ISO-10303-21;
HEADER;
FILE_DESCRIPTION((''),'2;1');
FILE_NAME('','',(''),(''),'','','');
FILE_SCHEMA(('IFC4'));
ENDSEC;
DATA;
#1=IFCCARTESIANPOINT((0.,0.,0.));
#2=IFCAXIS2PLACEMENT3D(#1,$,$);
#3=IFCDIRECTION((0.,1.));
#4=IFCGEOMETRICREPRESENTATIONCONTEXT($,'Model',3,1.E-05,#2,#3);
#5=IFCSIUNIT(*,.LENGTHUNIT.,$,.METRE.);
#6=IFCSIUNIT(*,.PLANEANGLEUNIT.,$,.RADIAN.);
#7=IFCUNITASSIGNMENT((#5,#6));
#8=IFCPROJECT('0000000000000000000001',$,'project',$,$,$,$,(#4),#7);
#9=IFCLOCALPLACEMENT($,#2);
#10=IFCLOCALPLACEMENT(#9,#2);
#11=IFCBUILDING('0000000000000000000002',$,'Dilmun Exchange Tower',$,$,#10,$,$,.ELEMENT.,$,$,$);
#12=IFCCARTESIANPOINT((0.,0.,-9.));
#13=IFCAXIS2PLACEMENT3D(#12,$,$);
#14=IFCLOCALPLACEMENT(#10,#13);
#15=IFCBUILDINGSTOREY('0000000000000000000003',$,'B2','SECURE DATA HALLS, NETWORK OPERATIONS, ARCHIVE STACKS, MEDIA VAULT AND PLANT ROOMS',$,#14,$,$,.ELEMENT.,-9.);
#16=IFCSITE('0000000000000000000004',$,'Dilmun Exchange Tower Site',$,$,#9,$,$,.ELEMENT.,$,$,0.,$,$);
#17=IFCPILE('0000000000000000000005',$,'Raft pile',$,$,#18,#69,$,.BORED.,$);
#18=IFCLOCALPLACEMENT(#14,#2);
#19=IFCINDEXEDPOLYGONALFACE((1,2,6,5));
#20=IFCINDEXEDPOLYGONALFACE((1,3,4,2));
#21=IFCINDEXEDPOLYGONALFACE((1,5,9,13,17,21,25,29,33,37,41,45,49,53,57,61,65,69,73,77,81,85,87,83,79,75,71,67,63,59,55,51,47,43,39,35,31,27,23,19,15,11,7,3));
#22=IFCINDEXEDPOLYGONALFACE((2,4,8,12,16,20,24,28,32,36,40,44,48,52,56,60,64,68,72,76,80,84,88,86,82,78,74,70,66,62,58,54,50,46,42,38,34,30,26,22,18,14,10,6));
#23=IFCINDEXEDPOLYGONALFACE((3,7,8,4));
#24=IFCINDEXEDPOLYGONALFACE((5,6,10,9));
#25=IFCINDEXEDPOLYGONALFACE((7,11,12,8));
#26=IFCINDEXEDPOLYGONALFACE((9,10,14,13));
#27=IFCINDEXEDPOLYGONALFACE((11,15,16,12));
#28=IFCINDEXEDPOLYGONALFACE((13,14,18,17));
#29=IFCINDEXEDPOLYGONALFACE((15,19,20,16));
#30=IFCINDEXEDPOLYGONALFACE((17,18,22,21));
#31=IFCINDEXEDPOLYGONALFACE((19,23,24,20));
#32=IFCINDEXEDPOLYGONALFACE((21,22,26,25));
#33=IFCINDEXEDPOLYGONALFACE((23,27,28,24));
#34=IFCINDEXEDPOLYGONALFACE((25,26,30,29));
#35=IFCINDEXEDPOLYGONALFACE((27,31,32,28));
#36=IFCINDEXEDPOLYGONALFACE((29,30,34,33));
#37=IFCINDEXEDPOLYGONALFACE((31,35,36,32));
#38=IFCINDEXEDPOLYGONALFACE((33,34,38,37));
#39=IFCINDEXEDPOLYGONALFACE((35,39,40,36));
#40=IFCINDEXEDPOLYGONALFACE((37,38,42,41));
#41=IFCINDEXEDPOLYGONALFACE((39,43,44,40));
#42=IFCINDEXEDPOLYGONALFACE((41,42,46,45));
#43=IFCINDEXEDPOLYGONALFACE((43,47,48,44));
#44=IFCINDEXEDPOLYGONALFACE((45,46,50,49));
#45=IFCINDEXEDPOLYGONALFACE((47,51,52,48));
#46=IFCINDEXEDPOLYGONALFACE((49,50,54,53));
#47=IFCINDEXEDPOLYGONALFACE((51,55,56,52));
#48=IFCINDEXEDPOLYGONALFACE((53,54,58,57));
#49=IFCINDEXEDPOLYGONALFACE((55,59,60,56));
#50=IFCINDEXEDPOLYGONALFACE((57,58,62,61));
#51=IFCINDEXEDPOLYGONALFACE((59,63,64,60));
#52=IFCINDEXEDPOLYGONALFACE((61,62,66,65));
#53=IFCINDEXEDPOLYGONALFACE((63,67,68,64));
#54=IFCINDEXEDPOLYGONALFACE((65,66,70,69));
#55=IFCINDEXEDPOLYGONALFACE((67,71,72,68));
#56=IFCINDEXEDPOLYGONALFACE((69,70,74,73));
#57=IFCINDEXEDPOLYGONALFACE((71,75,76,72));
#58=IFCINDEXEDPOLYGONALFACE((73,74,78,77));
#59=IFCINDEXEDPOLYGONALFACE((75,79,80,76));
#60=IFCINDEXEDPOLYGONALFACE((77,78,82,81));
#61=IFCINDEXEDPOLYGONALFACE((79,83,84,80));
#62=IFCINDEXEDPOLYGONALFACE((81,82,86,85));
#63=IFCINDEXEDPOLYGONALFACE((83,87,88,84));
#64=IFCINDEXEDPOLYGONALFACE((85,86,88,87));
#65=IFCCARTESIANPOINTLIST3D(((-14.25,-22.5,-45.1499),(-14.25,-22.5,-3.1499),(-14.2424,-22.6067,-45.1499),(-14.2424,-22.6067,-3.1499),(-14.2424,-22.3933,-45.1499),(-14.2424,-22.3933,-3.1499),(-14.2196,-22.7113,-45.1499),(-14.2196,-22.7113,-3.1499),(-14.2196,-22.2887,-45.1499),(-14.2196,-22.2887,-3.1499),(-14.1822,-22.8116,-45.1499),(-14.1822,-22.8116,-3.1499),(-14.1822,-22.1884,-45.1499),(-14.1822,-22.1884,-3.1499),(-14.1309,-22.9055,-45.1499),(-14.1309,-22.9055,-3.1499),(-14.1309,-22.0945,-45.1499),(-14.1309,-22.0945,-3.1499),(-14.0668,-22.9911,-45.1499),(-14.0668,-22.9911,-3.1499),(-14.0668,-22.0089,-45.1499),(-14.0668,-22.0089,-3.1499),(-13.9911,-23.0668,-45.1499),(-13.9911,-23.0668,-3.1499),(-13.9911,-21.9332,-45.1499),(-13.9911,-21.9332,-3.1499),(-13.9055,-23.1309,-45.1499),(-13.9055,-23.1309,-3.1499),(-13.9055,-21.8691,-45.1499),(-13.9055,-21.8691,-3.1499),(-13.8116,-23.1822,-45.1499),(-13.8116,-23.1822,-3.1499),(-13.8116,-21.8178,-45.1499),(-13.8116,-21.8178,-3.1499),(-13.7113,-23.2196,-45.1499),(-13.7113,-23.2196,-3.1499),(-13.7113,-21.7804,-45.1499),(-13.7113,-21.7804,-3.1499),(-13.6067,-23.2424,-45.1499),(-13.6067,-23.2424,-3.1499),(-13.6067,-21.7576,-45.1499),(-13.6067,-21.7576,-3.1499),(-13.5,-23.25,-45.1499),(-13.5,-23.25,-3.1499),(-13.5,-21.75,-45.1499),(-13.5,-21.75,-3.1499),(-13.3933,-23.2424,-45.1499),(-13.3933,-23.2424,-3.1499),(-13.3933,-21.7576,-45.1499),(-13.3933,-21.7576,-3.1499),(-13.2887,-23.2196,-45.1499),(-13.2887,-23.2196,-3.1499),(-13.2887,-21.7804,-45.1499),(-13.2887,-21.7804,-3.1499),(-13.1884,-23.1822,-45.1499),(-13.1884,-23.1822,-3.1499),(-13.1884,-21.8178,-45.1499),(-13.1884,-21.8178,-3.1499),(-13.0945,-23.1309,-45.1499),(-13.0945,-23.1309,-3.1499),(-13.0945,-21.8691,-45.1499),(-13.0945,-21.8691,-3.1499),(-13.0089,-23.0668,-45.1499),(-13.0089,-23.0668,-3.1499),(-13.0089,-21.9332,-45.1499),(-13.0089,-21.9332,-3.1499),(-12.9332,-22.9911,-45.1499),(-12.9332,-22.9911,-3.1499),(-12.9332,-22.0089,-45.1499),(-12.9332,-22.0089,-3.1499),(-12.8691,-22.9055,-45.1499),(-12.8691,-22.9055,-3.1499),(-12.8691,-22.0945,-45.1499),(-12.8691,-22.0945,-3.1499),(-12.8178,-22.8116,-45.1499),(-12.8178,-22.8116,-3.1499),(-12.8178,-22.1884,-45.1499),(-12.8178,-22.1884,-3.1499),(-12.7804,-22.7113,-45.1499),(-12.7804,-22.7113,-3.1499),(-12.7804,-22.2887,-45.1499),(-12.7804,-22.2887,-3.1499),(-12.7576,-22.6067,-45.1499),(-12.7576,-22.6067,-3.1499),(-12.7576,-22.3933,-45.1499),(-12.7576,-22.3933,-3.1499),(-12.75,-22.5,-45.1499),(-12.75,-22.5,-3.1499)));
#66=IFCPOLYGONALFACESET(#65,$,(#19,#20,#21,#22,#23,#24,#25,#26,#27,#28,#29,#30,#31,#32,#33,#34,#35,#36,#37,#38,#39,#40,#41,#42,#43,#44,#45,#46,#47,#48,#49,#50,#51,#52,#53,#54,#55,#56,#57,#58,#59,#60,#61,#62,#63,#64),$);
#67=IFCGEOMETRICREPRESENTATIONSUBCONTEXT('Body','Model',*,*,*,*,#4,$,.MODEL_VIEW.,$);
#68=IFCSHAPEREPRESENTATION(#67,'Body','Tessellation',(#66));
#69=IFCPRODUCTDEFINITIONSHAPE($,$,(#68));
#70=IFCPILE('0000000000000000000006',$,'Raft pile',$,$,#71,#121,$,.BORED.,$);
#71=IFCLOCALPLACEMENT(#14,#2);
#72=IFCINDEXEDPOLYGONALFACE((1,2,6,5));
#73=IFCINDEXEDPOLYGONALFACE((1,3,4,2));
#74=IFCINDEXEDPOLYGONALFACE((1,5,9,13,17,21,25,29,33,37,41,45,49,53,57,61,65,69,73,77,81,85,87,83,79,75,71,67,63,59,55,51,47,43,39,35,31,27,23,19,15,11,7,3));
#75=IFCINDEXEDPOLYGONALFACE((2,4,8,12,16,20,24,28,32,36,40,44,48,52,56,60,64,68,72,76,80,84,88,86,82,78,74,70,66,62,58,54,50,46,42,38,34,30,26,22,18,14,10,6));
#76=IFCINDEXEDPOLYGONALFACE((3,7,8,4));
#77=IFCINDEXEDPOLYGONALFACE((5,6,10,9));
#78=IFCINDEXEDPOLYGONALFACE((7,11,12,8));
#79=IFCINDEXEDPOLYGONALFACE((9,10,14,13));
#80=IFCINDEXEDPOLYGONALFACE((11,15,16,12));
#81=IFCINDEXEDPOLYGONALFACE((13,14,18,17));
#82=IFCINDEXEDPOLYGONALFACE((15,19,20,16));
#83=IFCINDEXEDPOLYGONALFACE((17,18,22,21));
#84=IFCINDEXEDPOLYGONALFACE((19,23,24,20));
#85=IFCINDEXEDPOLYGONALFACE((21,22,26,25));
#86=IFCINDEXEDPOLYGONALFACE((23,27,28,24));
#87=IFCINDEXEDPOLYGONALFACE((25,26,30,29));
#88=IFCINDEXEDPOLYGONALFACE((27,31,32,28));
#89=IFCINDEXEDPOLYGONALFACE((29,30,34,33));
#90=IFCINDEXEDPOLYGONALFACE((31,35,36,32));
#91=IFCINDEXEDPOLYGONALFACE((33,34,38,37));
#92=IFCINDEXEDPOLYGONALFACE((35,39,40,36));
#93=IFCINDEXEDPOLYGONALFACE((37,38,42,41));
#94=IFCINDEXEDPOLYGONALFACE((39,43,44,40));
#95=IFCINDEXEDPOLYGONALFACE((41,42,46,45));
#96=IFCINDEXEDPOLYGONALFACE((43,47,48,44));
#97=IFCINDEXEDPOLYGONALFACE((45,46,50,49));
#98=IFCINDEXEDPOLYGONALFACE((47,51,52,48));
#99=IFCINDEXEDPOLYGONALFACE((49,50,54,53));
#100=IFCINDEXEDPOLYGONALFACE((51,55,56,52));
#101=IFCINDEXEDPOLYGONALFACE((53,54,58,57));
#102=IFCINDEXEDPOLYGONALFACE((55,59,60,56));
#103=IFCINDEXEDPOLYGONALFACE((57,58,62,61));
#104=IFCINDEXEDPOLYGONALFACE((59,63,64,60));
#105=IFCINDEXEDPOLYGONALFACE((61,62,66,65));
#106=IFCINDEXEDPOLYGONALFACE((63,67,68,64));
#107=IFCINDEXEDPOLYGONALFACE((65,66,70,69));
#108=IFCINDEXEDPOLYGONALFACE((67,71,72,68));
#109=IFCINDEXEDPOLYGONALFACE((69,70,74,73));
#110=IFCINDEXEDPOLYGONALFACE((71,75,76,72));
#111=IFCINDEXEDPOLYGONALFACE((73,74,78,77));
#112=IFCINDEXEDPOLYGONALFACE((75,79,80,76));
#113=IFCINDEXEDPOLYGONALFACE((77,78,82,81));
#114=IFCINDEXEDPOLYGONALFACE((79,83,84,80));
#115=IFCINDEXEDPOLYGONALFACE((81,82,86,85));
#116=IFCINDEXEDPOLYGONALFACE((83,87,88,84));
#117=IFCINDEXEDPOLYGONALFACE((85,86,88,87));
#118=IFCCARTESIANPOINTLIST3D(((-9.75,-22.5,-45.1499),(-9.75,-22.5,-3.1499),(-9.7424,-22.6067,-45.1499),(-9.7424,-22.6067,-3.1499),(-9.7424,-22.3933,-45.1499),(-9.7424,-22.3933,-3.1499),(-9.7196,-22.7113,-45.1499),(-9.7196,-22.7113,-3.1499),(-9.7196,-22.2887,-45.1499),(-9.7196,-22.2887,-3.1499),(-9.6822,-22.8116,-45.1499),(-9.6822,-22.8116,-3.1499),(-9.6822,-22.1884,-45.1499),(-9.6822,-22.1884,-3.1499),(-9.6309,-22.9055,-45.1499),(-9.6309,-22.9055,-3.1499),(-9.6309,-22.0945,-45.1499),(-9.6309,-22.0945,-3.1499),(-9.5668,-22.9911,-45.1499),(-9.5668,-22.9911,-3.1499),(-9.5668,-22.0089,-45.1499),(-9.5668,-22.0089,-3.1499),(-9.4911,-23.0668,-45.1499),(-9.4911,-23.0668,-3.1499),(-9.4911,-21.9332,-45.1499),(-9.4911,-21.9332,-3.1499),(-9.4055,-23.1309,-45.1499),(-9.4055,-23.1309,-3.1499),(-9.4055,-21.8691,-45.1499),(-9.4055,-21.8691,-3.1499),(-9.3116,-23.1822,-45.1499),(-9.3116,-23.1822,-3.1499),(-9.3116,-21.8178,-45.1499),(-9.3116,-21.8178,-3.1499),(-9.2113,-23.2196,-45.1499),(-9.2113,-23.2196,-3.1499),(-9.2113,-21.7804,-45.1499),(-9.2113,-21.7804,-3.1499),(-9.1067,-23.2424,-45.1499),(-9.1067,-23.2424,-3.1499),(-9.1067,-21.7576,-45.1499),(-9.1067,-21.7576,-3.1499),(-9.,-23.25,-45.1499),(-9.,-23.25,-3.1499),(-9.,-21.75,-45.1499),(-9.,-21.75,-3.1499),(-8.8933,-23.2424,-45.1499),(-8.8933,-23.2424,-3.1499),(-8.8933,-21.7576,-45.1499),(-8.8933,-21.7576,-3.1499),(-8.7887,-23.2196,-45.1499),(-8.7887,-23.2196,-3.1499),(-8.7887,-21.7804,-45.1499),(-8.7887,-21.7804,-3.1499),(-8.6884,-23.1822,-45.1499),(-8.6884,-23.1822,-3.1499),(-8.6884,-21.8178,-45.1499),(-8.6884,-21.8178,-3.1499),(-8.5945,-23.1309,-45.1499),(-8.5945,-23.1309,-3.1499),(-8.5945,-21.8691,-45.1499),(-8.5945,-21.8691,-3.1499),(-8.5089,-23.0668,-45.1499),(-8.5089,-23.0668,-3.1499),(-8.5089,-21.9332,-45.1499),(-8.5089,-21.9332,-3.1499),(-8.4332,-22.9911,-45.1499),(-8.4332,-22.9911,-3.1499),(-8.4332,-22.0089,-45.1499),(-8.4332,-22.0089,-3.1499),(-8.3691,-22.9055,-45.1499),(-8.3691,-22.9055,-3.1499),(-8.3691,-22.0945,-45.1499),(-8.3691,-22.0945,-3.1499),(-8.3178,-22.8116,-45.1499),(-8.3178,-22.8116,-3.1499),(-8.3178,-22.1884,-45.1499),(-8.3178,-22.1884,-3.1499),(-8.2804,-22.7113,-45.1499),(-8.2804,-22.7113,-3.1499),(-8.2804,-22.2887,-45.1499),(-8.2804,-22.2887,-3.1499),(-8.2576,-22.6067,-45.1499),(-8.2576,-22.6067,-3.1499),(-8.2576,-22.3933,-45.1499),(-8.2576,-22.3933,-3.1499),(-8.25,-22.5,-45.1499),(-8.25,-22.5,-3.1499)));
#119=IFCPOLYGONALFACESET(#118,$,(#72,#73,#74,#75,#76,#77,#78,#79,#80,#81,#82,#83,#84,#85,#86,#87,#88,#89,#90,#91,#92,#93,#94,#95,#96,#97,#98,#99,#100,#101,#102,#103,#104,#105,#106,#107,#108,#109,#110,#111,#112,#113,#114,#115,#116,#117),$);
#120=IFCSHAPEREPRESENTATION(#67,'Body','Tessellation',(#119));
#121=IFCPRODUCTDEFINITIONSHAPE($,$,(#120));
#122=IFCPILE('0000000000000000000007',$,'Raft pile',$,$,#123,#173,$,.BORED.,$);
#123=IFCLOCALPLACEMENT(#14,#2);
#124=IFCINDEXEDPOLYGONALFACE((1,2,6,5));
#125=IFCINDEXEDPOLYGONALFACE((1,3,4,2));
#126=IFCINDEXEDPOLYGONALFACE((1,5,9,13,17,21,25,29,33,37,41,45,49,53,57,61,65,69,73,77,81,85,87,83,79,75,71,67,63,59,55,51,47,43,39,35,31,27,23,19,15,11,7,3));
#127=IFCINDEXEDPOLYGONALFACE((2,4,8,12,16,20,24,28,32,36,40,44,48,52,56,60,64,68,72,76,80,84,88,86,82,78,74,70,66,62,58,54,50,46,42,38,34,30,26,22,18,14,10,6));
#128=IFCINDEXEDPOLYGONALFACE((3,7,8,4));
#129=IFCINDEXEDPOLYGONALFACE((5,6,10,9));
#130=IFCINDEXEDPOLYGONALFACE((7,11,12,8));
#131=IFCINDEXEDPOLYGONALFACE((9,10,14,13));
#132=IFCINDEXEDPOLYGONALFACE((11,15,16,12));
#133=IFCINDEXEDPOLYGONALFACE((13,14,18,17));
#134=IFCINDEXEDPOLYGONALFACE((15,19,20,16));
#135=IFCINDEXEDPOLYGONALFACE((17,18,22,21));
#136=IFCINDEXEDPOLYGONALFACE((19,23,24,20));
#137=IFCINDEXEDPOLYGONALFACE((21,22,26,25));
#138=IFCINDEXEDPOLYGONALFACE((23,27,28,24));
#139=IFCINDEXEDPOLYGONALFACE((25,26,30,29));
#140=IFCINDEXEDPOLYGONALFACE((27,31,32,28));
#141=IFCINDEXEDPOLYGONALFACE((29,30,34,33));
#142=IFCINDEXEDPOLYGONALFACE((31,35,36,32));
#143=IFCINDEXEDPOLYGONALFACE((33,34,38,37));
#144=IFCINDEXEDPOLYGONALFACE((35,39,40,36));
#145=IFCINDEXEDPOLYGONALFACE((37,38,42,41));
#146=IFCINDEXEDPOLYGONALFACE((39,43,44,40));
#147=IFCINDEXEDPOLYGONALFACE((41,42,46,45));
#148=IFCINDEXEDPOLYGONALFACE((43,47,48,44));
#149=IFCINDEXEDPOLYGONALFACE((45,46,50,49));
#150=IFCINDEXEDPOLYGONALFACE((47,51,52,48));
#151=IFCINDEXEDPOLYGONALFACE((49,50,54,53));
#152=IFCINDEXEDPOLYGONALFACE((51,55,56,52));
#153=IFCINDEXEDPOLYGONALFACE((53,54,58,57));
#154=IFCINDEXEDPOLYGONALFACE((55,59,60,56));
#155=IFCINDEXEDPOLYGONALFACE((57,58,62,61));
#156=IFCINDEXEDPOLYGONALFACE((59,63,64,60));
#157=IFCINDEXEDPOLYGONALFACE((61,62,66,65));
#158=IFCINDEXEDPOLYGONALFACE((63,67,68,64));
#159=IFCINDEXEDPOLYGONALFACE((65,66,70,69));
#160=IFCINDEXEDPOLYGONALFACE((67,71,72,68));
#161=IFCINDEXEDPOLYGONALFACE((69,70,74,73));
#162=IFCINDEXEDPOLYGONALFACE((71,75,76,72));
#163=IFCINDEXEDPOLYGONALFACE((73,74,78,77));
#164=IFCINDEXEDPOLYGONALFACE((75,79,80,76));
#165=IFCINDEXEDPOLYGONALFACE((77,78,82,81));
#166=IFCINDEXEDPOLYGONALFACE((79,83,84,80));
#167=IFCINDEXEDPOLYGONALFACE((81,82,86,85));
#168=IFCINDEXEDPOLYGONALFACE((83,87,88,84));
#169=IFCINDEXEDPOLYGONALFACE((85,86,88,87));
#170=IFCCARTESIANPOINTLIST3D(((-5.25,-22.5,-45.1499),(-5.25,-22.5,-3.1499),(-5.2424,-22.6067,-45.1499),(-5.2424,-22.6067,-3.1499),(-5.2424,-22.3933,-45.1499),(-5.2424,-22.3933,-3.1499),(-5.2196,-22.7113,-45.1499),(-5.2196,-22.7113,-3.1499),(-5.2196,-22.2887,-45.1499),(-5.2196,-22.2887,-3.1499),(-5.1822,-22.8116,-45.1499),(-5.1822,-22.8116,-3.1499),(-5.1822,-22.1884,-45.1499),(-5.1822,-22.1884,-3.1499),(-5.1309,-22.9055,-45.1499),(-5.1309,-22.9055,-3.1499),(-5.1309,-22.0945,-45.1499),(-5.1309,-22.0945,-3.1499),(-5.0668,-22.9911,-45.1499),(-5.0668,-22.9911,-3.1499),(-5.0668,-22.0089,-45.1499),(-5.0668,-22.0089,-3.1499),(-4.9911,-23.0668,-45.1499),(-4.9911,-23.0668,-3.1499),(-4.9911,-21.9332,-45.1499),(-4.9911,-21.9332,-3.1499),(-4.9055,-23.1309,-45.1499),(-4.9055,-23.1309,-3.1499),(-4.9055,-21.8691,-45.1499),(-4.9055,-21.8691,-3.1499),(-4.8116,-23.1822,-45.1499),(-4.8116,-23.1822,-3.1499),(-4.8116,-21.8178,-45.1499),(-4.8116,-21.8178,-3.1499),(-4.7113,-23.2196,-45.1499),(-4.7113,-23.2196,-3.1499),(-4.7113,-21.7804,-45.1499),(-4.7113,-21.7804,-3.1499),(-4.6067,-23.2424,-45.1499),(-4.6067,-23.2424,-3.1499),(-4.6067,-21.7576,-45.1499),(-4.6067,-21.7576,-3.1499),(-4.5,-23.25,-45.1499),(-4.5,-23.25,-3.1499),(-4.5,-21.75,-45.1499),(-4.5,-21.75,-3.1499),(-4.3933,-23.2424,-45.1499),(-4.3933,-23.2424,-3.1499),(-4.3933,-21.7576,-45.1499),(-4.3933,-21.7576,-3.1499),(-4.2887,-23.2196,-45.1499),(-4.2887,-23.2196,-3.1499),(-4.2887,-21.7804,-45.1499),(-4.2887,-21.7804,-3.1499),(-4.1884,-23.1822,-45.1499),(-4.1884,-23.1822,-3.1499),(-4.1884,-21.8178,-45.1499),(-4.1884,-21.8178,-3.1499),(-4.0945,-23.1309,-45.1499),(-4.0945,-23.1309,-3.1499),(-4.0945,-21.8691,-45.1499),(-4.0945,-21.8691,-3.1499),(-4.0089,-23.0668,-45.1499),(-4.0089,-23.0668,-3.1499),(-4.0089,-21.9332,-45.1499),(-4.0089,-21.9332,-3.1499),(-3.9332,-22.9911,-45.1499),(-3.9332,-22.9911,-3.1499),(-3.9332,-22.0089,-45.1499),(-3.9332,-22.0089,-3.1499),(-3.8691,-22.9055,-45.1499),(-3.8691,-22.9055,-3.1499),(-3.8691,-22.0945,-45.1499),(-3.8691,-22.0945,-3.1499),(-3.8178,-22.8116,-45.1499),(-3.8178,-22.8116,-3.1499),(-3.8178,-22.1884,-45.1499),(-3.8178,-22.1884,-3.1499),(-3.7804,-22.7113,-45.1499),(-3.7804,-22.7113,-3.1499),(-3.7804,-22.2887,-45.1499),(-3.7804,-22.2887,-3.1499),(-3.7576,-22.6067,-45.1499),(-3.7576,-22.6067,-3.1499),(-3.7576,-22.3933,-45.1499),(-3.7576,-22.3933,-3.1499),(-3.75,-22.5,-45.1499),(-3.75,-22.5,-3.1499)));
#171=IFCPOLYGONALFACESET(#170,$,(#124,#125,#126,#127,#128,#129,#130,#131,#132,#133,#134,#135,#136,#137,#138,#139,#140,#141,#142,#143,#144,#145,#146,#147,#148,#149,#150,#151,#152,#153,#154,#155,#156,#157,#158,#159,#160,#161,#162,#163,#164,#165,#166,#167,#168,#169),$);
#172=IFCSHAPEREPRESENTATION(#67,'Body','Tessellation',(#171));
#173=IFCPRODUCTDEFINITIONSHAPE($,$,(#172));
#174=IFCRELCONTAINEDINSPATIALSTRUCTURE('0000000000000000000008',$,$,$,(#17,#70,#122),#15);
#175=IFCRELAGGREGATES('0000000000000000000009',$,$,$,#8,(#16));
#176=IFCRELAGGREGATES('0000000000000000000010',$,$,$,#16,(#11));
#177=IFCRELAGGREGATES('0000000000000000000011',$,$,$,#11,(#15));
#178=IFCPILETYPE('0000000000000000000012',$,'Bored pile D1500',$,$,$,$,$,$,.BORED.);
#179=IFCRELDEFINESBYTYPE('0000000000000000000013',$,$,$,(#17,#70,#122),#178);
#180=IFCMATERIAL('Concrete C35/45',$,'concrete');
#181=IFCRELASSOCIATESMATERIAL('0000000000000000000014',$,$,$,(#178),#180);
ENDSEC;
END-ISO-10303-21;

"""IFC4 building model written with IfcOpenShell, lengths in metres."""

from ifc_helpers import new_model, si_unit, direction, frame, origin, origin_2d, place, context, subcontext, project, spatial, circle, extrude, material, material_profile, profile_set, type_object, element, save


model = new_model("IFC4")

# Units and contexts
model_context = context("Model", 3, precision=1e-05, world=origin(), true_north=direction((0.0, 1.0)))
body_context = subcontext(model_context, "Body", "Model", "MODEL_VIEW")
ifc_project = project(units=[si_unit("LENGTHUNIT", "METRE"), si_unit("PLANEANGLEUNIT", "RADIAN")], contexts=[model_context])

# Site, building, storey
site_placement = place(None, origin())
site = spatial("IfcSite", under=ifc_project, at=site_placement, Name="Dilmun Exchange Tower Site", CompositionType="ELEMENT", RefElevation=0.0)
building_placement = place(site_placement, origin())
building = spatial("IfcBuilding", under=site, at=building_placement, Name="Dilmun Exchange Tower", CompositionType="ELEMENT")
storey_placement = place(building_placement, frame((0.0, 0.0, -9.0)))
storey = spatial("IfcBuildingStorey", under=building, at=storey_placement, Name="B2", Description="SECURE DATA HALLS, NETWORK OPERATIONS, ARCHIVE STACKS, MEDIA VAULT AND PLANT ROOMS", CompositionType="ELEMENT", Elevation=-9.0)

# Piles
ifc_material_1 = material(Name="Concrete C35/45", Category="concrete")
ifc_material_profile_1 = material_profile(ifc_material_1, circle(Radius=0.75, at=origin_2d()), Name="D1500")
ifc_profile_set_1 = profile_set([ifc_material_profile_1], Name="Concrete C35/45")
pile_type = type_object("IfcPileType", Name="Bored pile D1500", PredefinedType="BORED", material=ifc_profile_set_1)
for number, where, z_axis, x_axis, name in (
    (1, (-13.5, -22.5, -3.1499), (0.0, 0.0, -1.0), (1.0, 0.0, 0.0), "Raft pile"),
    (2, (-9.0, -22.5, -3.1499), (0.0, 0.0, -1.0), (1.0, 0.0, 0.0), "Raft pile"),
    (3, (-4.5, -22.5, -3.1499), (0.0, 0.0, -1.0), (1.0, 0.0, 0.0), "Raft pile"),
):
    element("IfcPile", number, at=place(storey_placement, frame(where, z_axis=z_axis, x_axis=x_axis)), inside=storey, type_object=pile_type, Name=name, PredefinedType="BORED", context=body_context, shape_type="SweptSolid", body=[
        extrude(circle(Radius=0.75, at=origin_2d()), origin(), (0.0, 0.0, 1.0), 42.0),
    ])

save(model, "model.ifc")
